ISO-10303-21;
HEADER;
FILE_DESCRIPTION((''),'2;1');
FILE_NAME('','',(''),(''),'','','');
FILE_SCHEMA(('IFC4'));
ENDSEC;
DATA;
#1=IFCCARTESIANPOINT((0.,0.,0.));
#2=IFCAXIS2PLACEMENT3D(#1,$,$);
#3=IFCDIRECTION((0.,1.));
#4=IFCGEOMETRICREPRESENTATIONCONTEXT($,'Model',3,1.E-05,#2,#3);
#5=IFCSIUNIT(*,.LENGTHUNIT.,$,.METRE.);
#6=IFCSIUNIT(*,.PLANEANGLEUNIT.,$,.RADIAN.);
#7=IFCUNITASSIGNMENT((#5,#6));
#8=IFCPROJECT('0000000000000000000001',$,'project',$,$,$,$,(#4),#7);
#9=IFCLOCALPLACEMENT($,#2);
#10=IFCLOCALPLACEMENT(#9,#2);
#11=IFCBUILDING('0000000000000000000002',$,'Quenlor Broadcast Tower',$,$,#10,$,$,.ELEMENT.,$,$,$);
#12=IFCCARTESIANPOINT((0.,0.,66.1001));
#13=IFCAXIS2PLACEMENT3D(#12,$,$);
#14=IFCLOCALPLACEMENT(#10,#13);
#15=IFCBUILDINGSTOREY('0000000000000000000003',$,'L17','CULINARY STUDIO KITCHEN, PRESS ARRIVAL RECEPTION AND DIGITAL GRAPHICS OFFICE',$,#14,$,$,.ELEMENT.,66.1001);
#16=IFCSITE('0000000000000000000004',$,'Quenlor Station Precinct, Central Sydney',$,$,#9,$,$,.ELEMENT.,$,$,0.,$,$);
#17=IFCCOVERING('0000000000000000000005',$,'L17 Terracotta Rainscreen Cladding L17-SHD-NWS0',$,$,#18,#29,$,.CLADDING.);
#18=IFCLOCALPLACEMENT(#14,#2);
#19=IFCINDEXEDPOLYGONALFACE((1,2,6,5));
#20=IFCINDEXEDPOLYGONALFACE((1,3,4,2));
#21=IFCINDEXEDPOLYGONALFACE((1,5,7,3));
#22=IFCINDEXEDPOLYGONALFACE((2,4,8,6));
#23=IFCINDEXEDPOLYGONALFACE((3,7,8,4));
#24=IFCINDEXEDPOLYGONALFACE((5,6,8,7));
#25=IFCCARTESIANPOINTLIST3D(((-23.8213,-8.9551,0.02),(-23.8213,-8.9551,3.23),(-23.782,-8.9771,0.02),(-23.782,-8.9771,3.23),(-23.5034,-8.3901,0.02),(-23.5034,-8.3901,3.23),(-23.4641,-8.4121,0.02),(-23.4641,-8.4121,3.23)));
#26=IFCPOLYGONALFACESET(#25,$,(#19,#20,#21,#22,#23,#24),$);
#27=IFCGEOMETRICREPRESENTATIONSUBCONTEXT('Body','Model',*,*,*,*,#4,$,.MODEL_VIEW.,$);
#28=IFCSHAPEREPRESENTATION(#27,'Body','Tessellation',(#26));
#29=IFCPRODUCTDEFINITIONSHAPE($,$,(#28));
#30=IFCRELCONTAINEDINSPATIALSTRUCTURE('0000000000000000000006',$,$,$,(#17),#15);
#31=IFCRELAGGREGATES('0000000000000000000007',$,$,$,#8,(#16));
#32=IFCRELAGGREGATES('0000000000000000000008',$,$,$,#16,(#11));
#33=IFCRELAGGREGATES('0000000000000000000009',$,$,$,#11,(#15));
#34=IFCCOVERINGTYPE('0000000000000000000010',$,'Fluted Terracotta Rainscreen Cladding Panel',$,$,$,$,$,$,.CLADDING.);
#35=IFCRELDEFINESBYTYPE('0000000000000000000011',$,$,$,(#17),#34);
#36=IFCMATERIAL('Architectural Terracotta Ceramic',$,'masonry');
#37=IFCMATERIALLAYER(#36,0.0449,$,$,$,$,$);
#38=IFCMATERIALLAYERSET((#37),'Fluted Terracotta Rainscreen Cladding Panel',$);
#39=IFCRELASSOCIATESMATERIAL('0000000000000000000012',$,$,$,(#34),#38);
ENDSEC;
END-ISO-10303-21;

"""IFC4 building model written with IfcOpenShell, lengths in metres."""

from ifc_helpers import new_model, si_unit, direction, frame, origin, place, context, subcontext, project, spatial, polyline, outline, extrude, material, layer, layer_set, type_object, element, save


model = new_model("IFC4")

# Units and contexts
model_context = context("Model", 3, precision=1e-05, world=origin(), true_north=direction((0.0, 1.0)))
body_context = subcontext(model_context, "Body", "Model", "MODEL_VIEW")
ifc_project = project(units=[si_unit("LENGTHUNIT", "METRE"), si_unit("PLANEANGLEUNIT", "RADIAN")], contexts=[model_context])

# Site, building, storey
site_placement = place(None, origin())
site = spatial("IfcSite", under=ifc_project, at=site_placement, Name="Quenlor Station Precinct, Central Sydney", CompositionType="ELEMENT", RefElevation=0.0)
building_placement = place(site_placement, origin())
building = spatial("IfcBuilding", under=site, at=building_placement, Name="Quenlor Broadcast Tower", CompositionType="ELEMENT")
storey_placement = place(building_placement, frame((0.0, 0.0, 66.1001)))
storey = spatial("IfcBuildingStorey", under=building, at=storey_placement, Name="L17", Description="CULINARY STUDIO KITCHEN, PRESS ARRIVAL RECEPTION AND DIGITAL GRAPHICS OFFICE", CompositionType="ELEMENT", Elevation=66.1001)

# Covering
ifc_material_1 = material(Name="Architectural Terracotta Ceramic", Category="masonry")
ifc_layer_1 = layer(ifc_material_1, 0.0449)
ifc_layer_set_1 = layer_set([ifc_layer_1], Name="Fluted Terracotta Rainscreen Cladding Panel")
covering_type = type_object("IfcCoveringType", Name="Fluted Terracotta Rainscreen Cladding Panel", PredefinedType="CLADDING", material=ifc_layer_set_1)
covering_1_placement = place(storey_placement, frame((0.0, 0.0, 0.02)))
element("IfcCovering", 1, at=covering_1_placement, inside=storey, type_object=covering_type, Name="L17 Terracotta Rainscreen Cladding L17-SHD-NWS0", PredefinedType="CLADDING", context=body_context, shape_type="SweptSolid", body=[
    extrude(outline(polyline([(-23.782, -8.9771), (-23.4641, -8.4121), (-23.5034, -8.3901), (-23.8213, -8.9551), (-23.782, -8.9771)])), origin(), (0.0, 0.0, 1.0), 3.21),
])

save(model, "model.ifc")
